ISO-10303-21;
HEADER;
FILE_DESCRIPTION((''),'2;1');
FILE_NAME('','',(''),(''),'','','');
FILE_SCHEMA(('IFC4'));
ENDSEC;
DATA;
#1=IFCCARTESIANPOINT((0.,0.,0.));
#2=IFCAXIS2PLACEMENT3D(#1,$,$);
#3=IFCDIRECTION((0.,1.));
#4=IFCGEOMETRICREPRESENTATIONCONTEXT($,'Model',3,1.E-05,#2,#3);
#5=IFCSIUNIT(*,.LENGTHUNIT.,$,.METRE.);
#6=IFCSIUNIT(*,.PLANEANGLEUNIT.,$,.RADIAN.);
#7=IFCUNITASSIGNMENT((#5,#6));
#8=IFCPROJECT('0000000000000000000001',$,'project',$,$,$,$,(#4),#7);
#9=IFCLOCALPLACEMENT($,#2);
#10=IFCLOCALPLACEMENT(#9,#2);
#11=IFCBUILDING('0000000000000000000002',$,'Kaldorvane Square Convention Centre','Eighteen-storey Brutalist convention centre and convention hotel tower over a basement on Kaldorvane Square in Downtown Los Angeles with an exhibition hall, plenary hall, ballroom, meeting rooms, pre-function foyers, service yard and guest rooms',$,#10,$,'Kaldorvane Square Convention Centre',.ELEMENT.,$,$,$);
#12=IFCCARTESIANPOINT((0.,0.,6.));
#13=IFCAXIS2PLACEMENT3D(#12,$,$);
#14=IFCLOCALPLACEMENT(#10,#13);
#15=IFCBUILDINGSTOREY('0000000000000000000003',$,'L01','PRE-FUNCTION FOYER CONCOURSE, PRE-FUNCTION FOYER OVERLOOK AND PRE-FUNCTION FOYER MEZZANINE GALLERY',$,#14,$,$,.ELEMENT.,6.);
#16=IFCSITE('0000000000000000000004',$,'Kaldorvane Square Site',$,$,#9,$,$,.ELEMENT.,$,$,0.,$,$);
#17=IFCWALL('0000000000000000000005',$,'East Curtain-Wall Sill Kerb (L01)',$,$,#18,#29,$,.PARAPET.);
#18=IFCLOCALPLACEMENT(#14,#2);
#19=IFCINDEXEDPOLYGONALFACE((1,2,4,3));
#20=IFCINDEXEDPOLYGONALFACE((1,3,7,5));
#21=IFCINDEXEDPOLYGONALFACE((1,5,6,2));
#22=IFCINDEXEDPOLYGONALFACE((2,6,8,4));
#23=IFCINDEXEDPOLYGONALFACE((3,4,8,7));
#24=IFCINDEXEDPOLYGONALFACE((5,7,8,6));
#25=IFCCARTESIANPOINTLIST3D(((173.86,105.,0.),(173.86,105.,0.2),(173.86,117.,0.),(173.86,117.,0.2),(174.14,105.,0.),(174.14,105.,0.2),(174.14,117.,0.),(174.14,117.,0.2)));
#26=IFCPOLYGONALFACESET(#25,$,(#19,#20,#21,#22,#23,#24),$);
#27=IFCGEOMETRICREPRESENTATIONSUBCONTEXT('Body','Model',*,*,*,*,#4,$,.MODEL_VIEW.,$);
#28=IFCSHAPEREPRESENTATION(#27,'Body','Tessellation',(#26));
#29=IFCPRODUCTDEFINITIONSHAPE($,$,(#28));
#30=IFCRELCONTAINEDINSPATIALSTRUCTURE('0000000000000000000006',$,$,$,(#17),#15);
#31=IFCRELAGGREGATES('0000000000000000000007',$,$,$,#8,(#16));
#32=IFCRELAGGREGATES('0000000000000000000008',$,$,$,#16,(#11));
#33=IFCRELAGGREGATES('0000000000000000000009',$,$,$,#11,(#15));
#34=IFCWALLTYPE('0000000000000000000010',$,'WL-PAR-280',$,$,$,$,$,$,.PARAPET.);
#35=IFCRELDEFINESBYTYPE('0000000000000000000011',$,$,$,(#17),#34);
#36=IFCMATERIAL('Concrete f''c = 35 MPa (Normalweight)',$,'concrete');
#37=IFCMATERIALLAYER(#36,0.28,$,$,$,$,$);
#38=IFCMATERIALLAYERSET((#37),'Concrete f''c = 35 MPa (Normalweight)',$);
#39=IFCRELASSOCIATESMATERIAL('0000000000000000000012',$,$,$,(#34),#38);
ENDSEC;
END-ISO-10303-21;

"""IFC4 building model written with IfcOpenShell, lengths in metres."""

from ifc_helpers import new_model, si_unit, direction, frame, frame_2d, origin, place, context, subcontext, project, spatial, rectangle, extrude, material, layer, layer_set, type_object, element, save


model = new_model("IFC4")

# Units and contexts
model_context = context("Model", 3, precision=1e-05, world=origin(), true_north=direction((0.0, 1.0)))
body_context = subcontext(model_context, "Body", "Model", "MODEL_VIEW")
ifc_project = project(units=[si_unit("LENGTHUNIT", "METRE"), si_unit("PLANEANGLEUNIT", "RADIAN")], contexts=[model_context])

# Site, building, storey
site_placement = place(None, origin())
site = spatial("IfcSite", under=ifc_project, at=site_placement, Name="Kaldorvane Square Site", CompositionType="ELEMENT", RefElevation=0.0)
building_placement = place(site_placement, origin())
building = spatial("IfcBuilding", under=site, at=building_placement, Name="Kaldorvane Square Convention Centre", Description="Eighteen-storey Brutalist convention centre and convention hotel tower over a basement on Kaldorvane Square in Downtown Los Angeles with an exhibition hall, plenary hall, ballroom, meeting rooms, pre-function foyers, service yard and guest rooms", LongName="Kaldorvane Square Convention Centre", CompositionType="ELEMENT")
storey_placement = place(building_placement, frame((0.0, 0.0, 6.0)))
storey = spatial("IfcBuildingStorey", under=building, at=storey_placement, Name="L01", Description="PRE-FUNCTION FOYER CONCOURSE, PRE-FUNCTION FOYER OVERLOOK AND PRE-FUNCTION FOYER MEZZANINE GALLERY", CompositionType="ELEMENT", Elevation=6.0)

# Wall
ifc_material_1 = material(Name="Concrete f'c = 35 MPa (Normalweight)", Category="concrete")
ifc_layer_1 = layer(ifc_material_1, 0.28)
ifc_layer_set_1 = layer_set([ifc_layer_1], Name="Concrete f'c = 35 MPa (Normalweight)")
wall_type_1 = type_object("IfcWallType", Name="WL-PAR-280", PredefinedType="PARAPET", material=ifc_layer_set_1)
wall_1_placement = place(storey_placement, frame((174.0, 105.0, 0.0), z_axis=(0.0, 0.0, 1.0), x_axis=(0.0, 1.0, 0.0)))
element("IfcWall", 1, at=wall_1_placement, inside=storey, type_object=wall_type_1, Name="East Curtain-Wall Sill Kerb (L01)", PredefinedType="PARAPET", context=body_context, shape_type="SweptSolid", body=[
    extrude(rectangle(XDim=12.0, YDim=0.28, at=frame_2d((6.0, 0.0))), origin(), (0.0, 0.0, 1.0), 0.2),
])

save(model, "model.ifc")
